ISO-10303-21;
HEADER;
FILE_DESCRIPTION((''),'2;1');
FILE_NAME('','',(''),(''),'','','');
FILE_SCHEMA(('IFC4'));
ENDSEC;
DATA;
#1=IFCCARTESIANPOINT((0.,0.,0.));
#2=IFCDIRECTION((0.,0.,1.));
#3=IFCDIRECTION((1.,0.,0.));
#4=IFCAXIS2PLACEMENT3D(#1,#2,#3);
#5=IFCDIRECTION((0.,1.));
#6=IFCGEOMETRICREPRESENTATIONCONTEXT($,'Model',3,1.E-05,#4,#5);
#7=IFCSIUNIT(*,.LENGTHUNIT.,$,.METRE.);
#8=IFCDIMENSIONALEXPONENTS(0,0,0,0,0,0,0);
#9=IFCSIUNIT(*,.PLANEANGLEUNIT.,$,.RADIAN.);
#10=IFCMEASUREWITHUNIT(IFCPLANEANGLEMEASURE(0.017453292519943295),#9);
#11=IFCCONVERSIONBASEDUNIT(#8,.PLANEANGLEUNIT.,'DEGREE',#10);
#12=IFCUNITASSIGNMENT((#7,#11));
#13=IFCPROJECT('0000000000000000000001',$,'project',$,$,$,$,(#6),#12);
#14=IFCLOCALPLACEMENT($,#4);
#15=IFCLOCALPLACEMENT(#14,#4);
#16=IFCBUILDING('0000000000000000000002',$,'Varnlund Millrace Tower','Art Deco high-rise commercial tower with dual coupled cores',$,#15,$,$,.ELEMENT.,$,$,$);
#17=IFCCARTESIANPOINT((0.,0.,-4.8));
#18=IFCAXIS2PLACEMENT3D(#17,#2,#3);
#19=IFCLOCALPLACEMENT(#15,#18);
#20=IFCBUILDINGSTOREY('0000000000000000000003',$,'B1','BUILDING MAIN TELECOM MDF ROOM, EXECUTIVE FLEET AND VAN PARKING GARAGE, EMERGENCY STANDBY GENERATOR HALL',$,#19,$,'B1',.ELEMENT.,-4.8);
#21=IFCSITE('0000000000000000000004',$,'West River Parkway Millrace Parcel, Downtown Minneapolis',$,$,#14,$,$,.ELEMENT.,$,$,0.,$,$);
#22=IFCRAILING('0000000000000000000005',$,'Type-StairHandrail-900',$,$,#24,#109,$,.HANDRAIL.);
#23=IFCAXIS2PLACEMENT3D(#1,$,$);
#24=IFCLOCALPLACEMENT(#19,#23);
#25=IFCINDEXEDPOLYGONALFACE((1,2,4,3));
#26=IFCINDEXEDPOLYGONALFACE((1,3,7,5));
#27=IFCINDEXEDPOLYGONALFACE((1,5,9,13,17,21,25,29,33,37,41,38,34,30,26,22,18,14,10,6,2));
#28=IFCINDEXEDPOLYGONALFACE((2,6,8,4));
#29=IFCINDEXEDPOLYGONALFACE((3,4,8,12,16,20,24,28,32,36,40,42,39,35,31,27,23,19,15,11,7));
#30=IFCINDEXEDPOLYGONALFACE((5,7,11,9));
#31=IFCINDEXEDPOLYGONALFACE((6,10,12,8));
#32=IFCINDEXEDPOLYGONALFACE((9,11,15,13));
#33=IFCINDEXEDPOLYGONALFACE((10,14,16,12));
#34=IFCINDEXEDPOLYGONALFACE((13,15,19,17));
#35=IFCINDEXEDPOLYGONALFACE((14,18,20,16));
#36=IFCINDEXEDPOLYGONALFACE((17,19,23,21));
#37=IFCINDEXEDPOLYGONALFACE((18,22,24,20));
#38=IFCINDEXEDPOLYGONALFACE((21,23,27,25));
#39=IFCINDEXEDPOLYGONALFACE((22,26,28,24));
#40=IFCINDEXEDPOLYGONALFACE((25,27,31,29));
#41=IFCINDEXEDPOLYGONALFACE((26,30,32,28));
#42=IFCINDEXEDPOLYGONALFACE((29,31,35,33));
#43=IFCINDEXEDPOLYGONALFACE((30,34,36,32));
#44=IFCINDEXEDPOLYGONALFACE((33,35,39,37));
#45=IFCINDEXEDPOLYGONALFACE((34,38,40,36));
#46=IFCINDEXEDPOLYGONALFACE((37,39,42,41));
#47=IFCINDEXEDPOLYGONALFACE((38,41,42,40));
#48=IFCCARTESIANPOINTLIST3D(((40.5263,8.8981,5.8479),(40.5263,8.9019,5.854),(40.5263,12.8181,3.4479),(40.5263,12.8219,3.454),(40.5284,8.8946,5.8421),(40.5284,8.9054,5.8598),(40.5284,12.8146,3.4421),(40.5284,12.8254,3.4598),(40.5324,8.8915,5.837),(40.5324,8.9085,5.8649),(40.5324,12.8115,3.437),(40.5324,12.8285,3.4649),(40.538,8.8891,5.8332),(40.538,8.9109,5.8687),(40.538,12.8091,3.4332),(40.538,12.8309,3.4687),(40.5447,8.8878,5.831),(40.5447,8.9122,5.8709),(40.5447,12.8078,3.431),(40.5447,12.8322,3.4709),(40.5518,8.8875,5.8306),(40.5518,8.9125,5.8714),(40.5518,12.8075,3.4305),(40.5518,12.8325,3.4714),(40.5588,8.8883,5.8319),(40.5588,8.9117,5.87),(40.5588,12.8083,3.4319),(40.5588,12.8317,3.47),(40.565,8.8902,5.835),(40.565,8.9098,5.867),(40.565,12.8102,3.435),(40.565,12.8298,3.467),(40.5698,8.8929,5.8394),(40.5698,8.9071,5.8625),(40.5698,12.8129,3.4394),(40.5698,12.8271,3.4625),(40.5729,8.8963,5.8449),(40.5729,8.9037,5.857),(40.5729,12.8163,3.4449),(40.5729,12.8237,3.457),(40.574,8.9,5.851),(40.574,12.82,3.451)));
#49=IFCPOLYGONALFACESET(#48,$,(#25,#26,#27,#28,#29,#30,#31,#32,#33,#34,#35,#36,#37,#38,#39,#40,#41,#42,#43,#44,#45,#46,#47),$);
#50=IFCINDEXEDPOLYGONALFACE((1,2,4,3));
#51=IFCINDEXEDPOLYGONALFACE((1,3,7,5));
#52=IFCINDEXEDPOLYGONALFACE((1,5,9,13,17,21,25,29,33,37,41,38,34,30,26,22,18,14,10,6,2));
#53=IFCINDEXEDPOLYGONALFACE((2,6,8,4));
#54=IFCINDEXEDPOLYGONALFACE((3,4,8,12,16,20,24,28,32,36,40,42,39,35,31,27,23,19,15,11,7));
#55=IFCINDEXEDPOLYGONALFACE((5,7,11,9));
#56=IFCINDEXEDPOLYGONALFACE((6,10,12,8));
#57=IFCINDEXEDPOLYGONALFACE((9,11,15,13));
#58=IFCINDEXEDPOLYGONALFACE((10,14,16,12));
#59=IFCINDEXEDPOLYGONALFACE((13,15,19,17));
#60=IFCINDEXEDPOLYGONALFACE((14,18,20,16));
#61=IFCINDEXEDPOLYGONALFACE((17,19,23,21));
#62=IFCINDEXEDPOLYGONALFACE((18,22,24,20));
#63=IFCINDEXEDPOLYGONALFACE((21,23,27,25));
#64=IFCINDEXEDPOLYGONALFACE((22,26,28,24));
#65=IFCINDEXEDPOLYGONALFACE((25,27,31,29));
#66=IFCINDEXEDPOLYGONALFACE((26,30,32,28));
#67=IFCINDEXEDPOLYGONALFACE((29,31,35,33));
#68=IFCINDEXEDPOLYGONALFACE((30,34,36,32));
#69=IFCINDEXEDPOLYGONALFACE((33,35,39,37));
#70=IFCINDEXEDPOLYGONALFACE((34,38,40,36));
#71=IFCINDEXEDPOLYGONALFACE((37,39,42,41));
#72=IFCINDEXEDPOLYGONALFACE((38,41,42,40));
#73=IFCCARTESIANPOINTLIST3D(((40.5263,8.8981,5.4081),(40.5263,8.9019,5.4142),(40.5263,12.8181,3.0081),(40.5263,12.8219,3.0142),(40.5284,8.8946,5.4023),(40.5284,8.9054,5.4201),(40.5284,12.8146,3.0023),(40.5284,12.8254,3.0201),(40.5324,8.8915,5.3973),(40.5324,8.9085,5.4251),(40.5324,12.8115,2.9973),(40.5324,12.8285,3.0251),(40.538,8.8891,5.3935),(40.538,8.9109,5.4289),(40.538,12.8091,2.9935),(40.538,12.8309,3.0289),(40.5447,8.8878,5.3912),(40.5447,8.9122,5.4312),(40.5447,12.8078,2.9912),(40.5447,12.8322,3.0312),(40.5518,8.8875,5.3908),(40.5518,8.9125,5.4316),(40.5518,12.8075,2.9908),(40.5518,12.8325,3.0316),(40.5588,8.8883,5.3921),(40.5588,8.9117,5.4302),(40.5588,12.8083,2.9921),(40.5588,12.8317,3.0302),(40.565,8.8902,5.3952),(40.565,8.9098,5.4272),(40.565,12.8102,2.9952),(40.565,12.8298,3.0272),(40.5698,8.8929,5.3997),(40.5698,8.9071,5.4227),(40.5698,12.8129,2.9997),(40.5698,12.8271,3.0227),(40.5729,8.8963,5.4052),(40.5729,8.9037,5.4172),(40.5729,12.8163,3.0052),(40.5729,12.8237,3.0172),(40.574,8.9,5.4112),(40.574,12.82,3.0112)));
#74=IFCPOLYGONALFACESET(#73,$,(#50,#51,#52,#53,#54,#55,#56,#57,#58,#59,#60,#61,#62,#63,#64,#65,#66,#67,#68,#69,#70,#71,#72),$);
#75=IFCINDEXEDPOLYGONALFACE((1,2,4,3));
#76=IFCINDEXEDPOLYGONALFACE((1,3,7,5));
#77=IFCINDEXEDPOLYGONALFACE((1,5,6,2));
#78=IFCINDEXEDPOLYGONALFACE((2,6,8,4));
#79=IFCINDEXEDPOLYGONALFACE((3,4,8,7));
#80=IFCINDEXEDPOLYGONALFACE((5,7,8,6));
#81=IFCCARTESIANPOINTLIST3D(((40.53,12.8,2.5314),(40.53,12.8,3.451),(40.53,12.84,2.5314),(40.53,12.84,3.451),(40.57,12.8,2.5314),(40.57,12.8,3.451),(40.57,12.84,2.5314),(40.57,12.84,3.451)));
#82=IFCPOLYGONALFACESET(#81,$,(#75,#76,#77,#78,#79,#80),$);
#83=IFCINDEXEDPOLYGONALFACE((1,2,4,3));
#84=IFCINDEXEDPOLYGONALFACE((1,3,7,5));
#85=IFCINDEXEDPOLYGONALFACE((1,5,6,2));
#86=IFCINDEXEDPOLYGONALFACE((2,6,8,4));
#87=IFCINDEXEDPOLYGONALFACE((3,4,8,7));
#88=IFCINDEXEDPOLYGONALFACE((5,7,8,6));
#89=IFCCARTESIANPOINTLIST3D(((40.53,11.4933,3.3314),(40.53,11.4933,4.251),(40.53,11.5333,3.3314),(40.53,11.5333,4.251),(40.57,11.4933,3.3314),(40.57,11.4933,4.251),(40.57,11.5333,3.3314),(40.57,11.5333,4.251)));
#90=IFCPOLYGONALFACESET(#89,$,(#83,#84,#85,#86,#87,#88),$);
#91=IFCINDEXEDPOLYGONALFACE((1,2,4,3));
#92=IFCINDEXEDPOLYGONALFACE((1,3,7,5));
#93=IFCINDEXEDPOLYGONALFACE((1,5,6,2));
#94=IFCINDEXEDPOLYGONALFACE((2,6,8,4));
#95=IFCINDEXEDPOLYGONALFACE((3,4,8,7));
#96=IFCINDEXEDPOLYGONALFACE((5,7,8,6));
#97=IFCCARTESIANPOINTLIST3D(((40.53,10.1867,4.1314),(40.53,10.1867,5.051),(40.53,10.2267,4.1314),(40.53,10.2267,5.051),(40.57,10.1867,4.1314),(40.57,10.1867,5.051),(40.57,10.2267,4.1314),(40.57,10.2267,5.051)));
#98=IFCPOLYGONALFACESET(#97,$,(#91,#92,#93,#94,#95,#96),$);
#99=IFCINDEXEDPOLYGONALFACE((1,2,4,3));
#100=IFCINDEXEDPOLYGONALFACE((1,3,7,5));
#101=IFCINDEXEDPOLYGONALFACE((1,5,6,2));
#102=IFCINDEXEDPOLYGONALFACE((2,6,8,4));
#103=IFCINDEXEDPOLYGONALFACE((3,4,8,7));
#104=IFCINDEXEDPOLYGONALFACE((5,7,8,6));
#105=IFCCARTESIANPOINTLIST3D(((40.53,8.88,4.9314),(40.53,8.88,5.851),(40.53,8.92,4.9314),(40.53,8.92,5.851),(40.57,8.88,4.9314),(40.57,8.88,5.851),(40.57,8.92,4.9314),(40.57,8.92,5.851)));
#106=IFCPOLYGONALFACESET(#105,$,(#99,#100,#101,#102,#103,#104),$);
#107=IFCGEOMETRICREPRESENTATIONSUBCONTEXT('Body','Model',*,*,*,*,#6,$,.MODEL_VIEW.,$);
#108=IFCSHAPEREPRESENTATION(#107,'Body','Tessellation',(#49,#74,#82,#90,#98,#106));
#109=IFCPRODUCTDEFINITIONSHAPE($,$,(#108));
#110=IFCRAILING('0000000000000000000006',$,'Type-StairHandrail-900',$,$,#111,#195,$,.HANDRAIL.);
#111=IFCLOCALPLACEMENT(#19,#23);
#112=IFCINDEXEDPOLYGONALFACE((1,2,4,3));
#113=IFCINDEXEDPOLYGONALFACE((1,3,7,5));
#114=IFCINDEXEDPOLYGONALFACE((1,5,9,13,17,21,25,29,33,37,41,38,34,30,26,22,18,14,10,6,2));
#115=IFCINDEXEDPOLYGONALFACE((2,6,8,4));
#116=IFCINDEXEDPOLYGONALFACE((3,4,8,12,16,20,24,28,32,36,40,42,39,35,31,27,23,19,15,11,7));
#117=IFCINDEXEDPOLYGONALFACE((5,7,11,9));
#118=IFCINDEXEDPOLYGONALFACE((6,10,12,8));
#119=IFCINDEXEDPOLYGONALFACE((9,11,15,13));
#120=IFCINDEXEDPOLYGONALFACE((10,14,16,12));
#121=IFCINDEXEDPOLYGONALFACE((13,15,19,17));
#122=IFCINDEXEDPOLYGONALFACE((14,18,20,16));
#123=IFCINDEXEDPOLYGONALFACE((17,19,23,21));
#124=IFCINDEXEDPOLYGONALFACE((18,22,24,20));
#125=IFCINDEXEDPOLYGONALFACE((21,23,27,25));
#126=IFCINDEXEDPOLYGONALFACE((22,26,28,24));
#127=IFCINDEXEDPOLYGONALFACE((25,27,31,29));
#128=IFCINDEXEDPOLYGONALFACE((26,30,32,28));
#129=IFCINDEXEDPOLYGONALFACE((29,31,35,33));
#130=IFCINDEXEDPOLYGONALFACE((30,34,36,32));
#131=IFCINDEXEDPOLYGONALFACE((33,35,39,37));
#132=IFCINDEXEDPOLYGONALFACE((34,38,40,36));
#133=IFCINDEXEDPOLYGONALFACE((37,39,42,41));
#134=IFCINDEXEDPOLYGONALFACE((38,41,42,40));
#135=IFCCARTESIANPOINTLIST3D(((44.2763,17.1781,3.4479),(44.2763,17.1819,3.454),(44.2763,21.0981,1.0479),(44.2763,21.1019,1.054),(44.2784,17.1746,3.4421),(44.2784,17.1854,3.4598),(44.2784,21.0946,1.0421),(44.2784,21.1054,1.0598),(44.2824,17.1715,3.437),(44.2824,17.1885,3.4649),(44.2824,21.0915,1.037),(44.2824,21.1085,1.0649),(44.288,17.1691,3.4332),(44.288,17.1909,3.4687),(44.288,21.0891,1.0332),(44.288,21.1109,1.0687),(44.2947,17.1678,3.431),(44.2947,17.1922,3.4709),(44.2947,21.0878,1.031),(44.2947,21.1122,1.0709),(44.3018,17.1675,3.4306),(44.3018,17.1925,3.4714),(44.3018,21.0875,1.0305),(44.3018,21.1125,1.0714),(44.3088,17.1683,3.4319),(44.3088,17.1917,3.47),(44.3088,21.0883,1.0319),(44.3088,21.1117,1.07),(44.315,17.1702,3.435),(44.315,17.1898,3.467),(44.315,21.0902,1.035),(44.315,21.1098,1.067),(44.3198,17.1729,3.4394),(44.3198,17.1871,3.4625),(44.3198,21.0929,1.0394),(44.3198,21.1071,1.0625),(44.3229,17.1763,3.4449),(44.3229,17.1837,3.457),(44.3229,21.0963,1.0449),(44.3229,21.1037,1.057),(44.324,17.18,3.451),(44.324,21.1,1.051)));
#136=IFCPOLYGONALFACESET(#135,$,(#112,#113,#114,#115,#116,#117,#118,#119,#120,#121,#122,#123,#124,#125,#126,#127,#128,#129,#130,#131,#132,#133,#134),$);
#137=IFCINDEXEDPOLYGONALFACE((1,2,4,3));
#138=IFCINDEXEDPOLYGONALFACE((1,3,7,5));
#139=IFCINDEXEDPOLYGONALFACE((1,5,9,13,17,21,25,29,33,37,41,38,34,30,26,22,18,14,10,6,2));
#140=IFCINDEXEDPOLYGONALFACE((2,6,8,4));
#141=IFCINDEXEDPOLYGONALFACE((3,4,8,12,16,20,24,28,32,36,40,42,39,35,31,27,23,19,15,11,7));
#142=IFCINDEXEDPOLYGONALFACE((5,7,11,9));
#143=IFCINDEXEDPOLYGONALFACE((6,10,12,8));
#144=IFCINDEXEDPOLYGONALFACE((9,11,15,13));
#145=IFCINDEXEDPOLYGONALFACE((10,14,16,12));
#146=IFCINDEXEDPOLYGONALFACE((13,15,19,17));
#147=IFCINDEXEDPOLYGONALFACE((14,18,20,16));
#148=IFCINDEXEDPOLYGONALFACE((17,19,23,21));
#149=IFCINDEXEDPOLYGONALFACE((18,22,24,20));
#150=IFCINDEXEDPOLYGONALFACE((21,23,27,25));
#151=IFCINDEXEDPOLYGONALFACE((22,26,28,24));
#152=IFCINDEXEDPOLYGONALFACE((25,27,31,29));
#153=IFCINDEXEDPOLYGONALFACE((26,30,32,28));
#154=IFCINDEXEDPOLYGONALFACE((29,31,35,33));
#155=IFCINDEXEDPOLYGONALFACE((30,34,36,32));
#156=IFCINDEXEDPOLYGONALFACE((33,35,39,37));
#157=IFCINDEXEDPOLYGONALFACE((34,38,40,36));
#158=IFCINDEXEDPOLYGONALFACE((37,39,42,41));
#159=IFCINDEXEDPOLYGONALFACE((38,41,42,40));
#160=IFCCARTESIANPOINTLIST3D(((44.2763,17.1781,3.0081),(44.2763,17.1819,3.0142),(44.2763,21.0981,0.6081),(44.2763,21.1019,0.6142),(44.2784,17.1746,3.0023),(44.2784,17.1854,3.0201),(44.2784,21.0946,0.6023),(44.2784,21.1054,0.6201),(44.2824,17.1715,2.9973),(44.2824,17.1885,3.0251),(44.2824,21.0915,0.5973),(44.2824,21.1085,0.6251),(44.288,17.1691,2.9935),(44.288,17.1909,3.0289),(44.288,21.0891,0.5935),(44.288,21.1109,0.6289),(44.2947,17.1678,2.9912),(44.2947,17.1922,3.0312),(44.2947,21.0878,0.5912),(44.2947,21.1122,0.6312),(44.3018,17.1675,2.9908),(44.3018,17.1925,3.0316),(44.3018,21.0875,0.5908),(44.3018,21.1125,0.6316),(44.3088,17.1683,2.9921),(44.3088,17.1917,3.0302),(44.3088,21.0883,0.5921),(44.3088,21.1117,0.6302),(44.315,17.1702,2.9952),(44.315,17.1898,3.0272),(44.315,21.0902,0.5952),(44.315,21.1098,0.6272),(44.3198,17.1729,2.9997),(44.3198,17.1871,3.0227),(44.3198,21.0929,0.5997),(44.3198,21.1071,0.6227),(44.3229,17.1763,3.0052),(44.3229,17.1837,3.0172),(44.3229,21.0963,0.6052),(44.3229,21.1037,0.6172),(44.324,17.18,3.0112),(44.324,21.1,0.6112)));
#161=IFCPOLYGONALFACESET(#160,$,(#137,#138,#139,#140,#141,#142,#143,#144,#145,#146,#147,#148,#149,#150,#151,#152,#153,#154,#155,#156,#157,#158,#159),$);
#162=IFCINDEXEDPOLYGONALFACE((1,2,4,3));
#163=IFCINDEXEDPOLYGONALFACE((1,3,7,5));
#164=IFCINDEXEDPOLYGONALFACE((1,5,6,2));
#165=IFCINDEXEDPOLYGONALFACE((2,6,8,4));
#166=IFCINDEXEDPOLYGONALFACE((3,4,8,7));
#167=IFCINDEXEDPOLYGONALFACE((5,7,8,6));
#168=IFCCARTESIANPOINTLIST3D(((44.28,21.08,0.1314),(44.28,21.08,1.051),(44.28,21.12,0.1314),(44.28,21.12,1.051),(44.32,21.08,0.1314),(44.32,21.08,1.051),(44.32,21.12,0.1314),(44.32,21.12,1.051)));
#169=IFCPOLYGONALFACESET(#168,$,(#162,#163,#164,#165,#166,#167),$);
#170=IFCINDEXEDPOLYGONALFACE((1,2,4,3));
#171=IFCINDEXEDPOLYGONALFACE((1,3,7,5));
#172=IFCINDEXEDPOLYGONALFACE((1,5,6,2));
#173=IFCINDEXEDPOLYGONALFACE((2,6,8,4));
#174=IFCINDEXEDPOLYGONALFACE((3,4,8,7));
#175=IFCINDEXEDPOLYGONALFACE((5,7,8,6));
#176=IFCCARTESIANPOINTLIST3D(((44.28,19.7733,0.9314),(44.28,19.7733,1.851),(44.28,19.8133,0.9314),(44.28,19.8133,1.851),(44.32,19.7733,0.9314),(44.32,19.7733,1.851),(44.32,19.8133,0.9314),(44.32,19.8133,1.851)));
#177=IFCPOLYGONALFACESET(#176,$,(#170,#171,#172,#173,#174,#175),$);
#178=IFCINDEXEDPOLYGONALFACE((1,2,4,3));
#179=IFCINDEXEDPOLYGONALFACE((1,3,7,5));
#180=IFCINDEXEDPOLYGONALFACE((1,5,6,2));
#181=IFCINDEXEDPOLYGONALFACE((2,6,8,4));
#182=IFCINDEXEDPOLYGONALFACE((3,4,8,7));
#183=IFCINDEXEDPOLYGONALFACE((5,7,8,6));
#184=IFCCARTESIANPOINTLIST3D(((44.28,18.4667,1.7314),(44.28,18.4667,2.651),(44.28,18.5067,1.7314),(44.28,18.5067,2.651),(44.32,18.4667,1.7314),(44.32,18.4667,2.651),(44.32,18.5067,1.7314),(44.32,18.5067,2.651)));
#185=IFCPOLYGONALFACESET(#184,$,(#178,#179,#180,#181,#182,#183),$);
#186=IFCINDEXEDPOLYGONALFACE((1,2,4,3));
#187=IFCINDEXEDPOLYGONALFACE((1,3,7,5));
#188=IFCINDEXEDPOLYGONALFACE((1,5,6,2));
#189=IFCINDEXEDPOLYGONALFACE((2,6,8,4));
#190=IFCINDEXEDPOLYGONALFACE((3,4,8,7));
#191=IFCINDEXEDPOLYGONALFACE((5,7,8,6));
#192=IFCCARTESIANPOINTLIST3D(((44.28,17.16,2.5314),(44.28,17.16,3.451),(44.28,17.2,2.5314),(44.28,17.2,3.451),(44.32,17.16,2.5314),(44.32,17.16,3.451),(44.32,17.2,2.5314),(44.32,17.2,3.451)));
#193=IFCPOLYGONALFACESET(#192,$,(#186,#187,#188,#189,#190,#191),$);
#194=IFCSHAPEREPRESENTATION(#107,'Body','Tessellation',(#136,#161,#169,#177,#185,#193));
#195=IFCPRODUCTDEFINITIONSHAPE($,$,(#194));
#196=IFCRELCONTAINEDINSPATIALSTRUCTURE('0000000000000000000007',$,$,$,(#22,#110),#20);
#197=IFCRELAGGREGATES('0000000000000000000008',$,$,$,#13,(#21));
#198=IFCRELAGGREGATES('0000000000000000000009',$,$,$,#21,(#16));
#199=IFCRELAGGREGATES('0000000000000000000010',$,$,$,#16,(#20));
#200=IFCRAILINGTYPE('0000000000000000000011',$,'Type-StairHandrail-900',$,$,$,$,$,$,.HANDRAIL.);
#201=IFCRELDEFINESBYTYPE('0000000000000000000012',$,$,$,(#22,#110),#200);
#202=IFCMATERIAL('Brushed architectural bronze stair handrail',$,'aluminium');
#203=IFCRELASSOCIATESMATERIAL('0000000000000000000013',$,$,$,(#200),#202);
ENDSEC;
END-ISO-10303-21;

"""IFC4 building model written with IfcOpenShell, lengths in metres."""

from ifc_helpers import new_model, entity, si_unit, converted_unit, direction, frame, origin_with_axes, origin_2d_with_axis, place, context, subcontext, project, spatial, rectangle, circle, extrude, material, type_object, element, save


model = new_model("IFC4")

# Units and contexts
model_context = context("Model", 3, precision=1e-05, world=origin_with_axes(), true_north=direction((0.0, 1.0)))
body_context = subcontext(model_context, "Body", "Model", "MODEL_VIEW")
ifc_project = project(units=[si_unit("LENGTHUNIT", "METRE"), converted_unit("PLANEANGLEUNIT", "DEGREE", entity("IfcPlaneAngleMeasure", 0.017453292519943295), si_unit("PLANEANGLEUNIT", "RADIAN"), dimensions=[0, 0, 0, 0, 0, 0, 0])], contexts=[model_context])

# Site, building, storey
site_placement = place(None, origin_with_axes())
site = spatial("IfcSite", under=ifc_project, at=site_placement, Name="West River Parkway Millrace Parcel, Downtown Minneapolis", CompositionType="ELEMENT", RefElevation=0.0)
building_placement = place(site_placement, origin_with_axes())
building = spatial("IfcBuilding", under=site, at=building_placement, Name="Varnlund Millrace Tower", Description="Art Deco high-rise commercial tower with dual coupled cores", CompositionType="ELEMENT")
storey_placement = place(building_placement, frame((0.0, 0.0, -4.8), z_axis=(0.0, 0.0, 1.0), x_axis=(1.0, 0.0, 0.0)))
storey = spatial("IfcBuildingStorey", under=building, at=storey_placement, Name="B1", Description="BUILDING MAIN TELECOM MDF ROOM, EXECUTIVE FLEET AND VAN PARKING GARAGE, EMERGENCY STANDBY GENERATOR HALL", LongName="B1", CompositionType="ELEMENT", Elevation=-4.8)

# Railings
ifc_material_1 = material(Name="Brushed architectural bronze stair handrail", Category="aluminium")
railing_type_1 = type_object("IfcRailingType", Name="Type-StairHandrail-900", PredefinedType="HANDRAIL", material=ifc_material_1)
railing_1_placement = place(storey_placement, frame((0.0, 0.0, 4.8), z_axis=(0.0, 0.0, 1.0), x_axis=(1.0, 0.0, 0.0)))
element("IfcRailing", 1, at=railing_1_placement, inside=storey, type_object=railing_type_1, Name="Type-StairHandrail-900", PredefinedType="HANDRAIL", context=body_context, shape_type="SweptSolid", body=[
    extrude(circle(Radius=0.024, at=origin_2d_with_axis()), frame((40.55, 12.82, -1.349), z_axis=(0.0, -0.852851, 0.522154), x_axis=(1.0, 0.0, 0.0)), (0.0, 0.0, 1.0), 4.5963),
    extrude(circle(Radius=0.024, at=origin_2d_with_axis()), frame((40.55, 12.82, -1.7888), z_axis=(0.0, -0.852851, 0.522154), x_axis=(1.0, 0.0, 0.0)), (0.0, 0.0, 1.0), 4.5963),
    extrude(rectangle(XDim=0.04, YDim=0.04, at=origin_2d_with_axis()), frame((40.55, 12.82, -2.2686), z_axis=(0.0, 0.0, 1.0), x_axis=(1.0, 0.0, 0.0)), (0.0, 0.0, 1.0), 0.9195),
    extrude(rectangle(XDim=0.04, YDim=0.04, at=origin_2d_with_axis()), frame((40.55, 11.5133, -1.4686), z_axis=(0.0, 0.0, 1.0), x_axis=(1.0, 0.0, 0.0)), (0.0, 0.0, 1.0), 0.9195),
    extrude(rectangle(XDim=0.04, YDim=0.04, at=origin_2d_with_axis()), frame((40.55, 10.2067, -0.6686), z_axis=(0.0, 0.0, 1.0), x_axis=(1.0, 0.0, 0.0)), (0.0, 0.0, 1.0), 0.9195),
    extrude(rectangle(XDim=0.04, YDim=0.04, at=origin_2d_with_axis()), frame((40.55, 8.9, 0.1314), z_axis=(0.0, 0.0, 1.0), x_axis=(1.0, 0.0, 0.0)), (0.0, 0.0, 1.0), 0.9195),
])
railing_2_placement = place(storey_placement, frame((0.0, 0.0, 4.8), z_axis=(0.0, 0.0, 1.0), x_axis=(1.0, 0.0, 0.0)))
element("IfcRailing", 2, at=railing_2_placement, inside=storey, type_object=railing_type_1, Name="Type-StairHandrail-900", PredefinedType="HANDRAIL", context=body_context, shape_type="SweptSolid", body=[
    extrude(circle(Radius=0.024, at=origin_2d_with_axis()), frame((44.3, 21.1, -3.749), z_axis=(0.0, -0.852851, 0.522154), x_axis=(1.0, 0.0, 0.0)), (0.0, 0.0, 1.0), 4.5963),
    extrude(circle(Radius=0.024, at=origin_2d_with_axis()), frame((44.3, 21.1, -4.1888), z_axis=(0.0, -0.852851, 0.522154), x_axis=(1.0, 0.0, 0.0)), (0.0, 0.0, 1.0), 4.5963),
    extrude(rectangle(XDim=0.04, YDim=0.04, at=origin_2d_with_axis()), frame((44.3, 21.1, -4.6686), z_axis=(0.0, 0.0, 1.0), x_axis=(1.0, 0.0, 0.0)), (0.0, 0.0, 1.0), 0.9195),
    extrude(rectangle(XDim=0.04, YDim=0.04, at=origin_2d_with_axis()), frame((44.3, 19.7933, -3.8686), z_axis=(0.0, 0.0, 1.0), x_axis=(1.0, 0.0, 0.0)), (0.0, 0.0, 1.0), 0.9195),
    extrude(rectangle(XDim=0.04, YDim=0.04, at=origin_2d_with_axis()), frame((44.3, 18.4867, -3.0686), z_axis=(0.0, 0.0, 1.0), x_axis=(1.0, 0.0, 0.0)), (0.0, 0.0, 1.0), 0.9195),
    extrude(rectangle(XDim=0.04, YDim=0.04, at=origin_2d_with_axis()), frame((44.3, 17.18, -2.2686), z_axis=(0.0, 0.0, 1.0), x_axis=(1.0, 0.0, 0.0)), (0.0, 0.0, 1.0), 0.9195),
])

save(model, "model.ifc")
